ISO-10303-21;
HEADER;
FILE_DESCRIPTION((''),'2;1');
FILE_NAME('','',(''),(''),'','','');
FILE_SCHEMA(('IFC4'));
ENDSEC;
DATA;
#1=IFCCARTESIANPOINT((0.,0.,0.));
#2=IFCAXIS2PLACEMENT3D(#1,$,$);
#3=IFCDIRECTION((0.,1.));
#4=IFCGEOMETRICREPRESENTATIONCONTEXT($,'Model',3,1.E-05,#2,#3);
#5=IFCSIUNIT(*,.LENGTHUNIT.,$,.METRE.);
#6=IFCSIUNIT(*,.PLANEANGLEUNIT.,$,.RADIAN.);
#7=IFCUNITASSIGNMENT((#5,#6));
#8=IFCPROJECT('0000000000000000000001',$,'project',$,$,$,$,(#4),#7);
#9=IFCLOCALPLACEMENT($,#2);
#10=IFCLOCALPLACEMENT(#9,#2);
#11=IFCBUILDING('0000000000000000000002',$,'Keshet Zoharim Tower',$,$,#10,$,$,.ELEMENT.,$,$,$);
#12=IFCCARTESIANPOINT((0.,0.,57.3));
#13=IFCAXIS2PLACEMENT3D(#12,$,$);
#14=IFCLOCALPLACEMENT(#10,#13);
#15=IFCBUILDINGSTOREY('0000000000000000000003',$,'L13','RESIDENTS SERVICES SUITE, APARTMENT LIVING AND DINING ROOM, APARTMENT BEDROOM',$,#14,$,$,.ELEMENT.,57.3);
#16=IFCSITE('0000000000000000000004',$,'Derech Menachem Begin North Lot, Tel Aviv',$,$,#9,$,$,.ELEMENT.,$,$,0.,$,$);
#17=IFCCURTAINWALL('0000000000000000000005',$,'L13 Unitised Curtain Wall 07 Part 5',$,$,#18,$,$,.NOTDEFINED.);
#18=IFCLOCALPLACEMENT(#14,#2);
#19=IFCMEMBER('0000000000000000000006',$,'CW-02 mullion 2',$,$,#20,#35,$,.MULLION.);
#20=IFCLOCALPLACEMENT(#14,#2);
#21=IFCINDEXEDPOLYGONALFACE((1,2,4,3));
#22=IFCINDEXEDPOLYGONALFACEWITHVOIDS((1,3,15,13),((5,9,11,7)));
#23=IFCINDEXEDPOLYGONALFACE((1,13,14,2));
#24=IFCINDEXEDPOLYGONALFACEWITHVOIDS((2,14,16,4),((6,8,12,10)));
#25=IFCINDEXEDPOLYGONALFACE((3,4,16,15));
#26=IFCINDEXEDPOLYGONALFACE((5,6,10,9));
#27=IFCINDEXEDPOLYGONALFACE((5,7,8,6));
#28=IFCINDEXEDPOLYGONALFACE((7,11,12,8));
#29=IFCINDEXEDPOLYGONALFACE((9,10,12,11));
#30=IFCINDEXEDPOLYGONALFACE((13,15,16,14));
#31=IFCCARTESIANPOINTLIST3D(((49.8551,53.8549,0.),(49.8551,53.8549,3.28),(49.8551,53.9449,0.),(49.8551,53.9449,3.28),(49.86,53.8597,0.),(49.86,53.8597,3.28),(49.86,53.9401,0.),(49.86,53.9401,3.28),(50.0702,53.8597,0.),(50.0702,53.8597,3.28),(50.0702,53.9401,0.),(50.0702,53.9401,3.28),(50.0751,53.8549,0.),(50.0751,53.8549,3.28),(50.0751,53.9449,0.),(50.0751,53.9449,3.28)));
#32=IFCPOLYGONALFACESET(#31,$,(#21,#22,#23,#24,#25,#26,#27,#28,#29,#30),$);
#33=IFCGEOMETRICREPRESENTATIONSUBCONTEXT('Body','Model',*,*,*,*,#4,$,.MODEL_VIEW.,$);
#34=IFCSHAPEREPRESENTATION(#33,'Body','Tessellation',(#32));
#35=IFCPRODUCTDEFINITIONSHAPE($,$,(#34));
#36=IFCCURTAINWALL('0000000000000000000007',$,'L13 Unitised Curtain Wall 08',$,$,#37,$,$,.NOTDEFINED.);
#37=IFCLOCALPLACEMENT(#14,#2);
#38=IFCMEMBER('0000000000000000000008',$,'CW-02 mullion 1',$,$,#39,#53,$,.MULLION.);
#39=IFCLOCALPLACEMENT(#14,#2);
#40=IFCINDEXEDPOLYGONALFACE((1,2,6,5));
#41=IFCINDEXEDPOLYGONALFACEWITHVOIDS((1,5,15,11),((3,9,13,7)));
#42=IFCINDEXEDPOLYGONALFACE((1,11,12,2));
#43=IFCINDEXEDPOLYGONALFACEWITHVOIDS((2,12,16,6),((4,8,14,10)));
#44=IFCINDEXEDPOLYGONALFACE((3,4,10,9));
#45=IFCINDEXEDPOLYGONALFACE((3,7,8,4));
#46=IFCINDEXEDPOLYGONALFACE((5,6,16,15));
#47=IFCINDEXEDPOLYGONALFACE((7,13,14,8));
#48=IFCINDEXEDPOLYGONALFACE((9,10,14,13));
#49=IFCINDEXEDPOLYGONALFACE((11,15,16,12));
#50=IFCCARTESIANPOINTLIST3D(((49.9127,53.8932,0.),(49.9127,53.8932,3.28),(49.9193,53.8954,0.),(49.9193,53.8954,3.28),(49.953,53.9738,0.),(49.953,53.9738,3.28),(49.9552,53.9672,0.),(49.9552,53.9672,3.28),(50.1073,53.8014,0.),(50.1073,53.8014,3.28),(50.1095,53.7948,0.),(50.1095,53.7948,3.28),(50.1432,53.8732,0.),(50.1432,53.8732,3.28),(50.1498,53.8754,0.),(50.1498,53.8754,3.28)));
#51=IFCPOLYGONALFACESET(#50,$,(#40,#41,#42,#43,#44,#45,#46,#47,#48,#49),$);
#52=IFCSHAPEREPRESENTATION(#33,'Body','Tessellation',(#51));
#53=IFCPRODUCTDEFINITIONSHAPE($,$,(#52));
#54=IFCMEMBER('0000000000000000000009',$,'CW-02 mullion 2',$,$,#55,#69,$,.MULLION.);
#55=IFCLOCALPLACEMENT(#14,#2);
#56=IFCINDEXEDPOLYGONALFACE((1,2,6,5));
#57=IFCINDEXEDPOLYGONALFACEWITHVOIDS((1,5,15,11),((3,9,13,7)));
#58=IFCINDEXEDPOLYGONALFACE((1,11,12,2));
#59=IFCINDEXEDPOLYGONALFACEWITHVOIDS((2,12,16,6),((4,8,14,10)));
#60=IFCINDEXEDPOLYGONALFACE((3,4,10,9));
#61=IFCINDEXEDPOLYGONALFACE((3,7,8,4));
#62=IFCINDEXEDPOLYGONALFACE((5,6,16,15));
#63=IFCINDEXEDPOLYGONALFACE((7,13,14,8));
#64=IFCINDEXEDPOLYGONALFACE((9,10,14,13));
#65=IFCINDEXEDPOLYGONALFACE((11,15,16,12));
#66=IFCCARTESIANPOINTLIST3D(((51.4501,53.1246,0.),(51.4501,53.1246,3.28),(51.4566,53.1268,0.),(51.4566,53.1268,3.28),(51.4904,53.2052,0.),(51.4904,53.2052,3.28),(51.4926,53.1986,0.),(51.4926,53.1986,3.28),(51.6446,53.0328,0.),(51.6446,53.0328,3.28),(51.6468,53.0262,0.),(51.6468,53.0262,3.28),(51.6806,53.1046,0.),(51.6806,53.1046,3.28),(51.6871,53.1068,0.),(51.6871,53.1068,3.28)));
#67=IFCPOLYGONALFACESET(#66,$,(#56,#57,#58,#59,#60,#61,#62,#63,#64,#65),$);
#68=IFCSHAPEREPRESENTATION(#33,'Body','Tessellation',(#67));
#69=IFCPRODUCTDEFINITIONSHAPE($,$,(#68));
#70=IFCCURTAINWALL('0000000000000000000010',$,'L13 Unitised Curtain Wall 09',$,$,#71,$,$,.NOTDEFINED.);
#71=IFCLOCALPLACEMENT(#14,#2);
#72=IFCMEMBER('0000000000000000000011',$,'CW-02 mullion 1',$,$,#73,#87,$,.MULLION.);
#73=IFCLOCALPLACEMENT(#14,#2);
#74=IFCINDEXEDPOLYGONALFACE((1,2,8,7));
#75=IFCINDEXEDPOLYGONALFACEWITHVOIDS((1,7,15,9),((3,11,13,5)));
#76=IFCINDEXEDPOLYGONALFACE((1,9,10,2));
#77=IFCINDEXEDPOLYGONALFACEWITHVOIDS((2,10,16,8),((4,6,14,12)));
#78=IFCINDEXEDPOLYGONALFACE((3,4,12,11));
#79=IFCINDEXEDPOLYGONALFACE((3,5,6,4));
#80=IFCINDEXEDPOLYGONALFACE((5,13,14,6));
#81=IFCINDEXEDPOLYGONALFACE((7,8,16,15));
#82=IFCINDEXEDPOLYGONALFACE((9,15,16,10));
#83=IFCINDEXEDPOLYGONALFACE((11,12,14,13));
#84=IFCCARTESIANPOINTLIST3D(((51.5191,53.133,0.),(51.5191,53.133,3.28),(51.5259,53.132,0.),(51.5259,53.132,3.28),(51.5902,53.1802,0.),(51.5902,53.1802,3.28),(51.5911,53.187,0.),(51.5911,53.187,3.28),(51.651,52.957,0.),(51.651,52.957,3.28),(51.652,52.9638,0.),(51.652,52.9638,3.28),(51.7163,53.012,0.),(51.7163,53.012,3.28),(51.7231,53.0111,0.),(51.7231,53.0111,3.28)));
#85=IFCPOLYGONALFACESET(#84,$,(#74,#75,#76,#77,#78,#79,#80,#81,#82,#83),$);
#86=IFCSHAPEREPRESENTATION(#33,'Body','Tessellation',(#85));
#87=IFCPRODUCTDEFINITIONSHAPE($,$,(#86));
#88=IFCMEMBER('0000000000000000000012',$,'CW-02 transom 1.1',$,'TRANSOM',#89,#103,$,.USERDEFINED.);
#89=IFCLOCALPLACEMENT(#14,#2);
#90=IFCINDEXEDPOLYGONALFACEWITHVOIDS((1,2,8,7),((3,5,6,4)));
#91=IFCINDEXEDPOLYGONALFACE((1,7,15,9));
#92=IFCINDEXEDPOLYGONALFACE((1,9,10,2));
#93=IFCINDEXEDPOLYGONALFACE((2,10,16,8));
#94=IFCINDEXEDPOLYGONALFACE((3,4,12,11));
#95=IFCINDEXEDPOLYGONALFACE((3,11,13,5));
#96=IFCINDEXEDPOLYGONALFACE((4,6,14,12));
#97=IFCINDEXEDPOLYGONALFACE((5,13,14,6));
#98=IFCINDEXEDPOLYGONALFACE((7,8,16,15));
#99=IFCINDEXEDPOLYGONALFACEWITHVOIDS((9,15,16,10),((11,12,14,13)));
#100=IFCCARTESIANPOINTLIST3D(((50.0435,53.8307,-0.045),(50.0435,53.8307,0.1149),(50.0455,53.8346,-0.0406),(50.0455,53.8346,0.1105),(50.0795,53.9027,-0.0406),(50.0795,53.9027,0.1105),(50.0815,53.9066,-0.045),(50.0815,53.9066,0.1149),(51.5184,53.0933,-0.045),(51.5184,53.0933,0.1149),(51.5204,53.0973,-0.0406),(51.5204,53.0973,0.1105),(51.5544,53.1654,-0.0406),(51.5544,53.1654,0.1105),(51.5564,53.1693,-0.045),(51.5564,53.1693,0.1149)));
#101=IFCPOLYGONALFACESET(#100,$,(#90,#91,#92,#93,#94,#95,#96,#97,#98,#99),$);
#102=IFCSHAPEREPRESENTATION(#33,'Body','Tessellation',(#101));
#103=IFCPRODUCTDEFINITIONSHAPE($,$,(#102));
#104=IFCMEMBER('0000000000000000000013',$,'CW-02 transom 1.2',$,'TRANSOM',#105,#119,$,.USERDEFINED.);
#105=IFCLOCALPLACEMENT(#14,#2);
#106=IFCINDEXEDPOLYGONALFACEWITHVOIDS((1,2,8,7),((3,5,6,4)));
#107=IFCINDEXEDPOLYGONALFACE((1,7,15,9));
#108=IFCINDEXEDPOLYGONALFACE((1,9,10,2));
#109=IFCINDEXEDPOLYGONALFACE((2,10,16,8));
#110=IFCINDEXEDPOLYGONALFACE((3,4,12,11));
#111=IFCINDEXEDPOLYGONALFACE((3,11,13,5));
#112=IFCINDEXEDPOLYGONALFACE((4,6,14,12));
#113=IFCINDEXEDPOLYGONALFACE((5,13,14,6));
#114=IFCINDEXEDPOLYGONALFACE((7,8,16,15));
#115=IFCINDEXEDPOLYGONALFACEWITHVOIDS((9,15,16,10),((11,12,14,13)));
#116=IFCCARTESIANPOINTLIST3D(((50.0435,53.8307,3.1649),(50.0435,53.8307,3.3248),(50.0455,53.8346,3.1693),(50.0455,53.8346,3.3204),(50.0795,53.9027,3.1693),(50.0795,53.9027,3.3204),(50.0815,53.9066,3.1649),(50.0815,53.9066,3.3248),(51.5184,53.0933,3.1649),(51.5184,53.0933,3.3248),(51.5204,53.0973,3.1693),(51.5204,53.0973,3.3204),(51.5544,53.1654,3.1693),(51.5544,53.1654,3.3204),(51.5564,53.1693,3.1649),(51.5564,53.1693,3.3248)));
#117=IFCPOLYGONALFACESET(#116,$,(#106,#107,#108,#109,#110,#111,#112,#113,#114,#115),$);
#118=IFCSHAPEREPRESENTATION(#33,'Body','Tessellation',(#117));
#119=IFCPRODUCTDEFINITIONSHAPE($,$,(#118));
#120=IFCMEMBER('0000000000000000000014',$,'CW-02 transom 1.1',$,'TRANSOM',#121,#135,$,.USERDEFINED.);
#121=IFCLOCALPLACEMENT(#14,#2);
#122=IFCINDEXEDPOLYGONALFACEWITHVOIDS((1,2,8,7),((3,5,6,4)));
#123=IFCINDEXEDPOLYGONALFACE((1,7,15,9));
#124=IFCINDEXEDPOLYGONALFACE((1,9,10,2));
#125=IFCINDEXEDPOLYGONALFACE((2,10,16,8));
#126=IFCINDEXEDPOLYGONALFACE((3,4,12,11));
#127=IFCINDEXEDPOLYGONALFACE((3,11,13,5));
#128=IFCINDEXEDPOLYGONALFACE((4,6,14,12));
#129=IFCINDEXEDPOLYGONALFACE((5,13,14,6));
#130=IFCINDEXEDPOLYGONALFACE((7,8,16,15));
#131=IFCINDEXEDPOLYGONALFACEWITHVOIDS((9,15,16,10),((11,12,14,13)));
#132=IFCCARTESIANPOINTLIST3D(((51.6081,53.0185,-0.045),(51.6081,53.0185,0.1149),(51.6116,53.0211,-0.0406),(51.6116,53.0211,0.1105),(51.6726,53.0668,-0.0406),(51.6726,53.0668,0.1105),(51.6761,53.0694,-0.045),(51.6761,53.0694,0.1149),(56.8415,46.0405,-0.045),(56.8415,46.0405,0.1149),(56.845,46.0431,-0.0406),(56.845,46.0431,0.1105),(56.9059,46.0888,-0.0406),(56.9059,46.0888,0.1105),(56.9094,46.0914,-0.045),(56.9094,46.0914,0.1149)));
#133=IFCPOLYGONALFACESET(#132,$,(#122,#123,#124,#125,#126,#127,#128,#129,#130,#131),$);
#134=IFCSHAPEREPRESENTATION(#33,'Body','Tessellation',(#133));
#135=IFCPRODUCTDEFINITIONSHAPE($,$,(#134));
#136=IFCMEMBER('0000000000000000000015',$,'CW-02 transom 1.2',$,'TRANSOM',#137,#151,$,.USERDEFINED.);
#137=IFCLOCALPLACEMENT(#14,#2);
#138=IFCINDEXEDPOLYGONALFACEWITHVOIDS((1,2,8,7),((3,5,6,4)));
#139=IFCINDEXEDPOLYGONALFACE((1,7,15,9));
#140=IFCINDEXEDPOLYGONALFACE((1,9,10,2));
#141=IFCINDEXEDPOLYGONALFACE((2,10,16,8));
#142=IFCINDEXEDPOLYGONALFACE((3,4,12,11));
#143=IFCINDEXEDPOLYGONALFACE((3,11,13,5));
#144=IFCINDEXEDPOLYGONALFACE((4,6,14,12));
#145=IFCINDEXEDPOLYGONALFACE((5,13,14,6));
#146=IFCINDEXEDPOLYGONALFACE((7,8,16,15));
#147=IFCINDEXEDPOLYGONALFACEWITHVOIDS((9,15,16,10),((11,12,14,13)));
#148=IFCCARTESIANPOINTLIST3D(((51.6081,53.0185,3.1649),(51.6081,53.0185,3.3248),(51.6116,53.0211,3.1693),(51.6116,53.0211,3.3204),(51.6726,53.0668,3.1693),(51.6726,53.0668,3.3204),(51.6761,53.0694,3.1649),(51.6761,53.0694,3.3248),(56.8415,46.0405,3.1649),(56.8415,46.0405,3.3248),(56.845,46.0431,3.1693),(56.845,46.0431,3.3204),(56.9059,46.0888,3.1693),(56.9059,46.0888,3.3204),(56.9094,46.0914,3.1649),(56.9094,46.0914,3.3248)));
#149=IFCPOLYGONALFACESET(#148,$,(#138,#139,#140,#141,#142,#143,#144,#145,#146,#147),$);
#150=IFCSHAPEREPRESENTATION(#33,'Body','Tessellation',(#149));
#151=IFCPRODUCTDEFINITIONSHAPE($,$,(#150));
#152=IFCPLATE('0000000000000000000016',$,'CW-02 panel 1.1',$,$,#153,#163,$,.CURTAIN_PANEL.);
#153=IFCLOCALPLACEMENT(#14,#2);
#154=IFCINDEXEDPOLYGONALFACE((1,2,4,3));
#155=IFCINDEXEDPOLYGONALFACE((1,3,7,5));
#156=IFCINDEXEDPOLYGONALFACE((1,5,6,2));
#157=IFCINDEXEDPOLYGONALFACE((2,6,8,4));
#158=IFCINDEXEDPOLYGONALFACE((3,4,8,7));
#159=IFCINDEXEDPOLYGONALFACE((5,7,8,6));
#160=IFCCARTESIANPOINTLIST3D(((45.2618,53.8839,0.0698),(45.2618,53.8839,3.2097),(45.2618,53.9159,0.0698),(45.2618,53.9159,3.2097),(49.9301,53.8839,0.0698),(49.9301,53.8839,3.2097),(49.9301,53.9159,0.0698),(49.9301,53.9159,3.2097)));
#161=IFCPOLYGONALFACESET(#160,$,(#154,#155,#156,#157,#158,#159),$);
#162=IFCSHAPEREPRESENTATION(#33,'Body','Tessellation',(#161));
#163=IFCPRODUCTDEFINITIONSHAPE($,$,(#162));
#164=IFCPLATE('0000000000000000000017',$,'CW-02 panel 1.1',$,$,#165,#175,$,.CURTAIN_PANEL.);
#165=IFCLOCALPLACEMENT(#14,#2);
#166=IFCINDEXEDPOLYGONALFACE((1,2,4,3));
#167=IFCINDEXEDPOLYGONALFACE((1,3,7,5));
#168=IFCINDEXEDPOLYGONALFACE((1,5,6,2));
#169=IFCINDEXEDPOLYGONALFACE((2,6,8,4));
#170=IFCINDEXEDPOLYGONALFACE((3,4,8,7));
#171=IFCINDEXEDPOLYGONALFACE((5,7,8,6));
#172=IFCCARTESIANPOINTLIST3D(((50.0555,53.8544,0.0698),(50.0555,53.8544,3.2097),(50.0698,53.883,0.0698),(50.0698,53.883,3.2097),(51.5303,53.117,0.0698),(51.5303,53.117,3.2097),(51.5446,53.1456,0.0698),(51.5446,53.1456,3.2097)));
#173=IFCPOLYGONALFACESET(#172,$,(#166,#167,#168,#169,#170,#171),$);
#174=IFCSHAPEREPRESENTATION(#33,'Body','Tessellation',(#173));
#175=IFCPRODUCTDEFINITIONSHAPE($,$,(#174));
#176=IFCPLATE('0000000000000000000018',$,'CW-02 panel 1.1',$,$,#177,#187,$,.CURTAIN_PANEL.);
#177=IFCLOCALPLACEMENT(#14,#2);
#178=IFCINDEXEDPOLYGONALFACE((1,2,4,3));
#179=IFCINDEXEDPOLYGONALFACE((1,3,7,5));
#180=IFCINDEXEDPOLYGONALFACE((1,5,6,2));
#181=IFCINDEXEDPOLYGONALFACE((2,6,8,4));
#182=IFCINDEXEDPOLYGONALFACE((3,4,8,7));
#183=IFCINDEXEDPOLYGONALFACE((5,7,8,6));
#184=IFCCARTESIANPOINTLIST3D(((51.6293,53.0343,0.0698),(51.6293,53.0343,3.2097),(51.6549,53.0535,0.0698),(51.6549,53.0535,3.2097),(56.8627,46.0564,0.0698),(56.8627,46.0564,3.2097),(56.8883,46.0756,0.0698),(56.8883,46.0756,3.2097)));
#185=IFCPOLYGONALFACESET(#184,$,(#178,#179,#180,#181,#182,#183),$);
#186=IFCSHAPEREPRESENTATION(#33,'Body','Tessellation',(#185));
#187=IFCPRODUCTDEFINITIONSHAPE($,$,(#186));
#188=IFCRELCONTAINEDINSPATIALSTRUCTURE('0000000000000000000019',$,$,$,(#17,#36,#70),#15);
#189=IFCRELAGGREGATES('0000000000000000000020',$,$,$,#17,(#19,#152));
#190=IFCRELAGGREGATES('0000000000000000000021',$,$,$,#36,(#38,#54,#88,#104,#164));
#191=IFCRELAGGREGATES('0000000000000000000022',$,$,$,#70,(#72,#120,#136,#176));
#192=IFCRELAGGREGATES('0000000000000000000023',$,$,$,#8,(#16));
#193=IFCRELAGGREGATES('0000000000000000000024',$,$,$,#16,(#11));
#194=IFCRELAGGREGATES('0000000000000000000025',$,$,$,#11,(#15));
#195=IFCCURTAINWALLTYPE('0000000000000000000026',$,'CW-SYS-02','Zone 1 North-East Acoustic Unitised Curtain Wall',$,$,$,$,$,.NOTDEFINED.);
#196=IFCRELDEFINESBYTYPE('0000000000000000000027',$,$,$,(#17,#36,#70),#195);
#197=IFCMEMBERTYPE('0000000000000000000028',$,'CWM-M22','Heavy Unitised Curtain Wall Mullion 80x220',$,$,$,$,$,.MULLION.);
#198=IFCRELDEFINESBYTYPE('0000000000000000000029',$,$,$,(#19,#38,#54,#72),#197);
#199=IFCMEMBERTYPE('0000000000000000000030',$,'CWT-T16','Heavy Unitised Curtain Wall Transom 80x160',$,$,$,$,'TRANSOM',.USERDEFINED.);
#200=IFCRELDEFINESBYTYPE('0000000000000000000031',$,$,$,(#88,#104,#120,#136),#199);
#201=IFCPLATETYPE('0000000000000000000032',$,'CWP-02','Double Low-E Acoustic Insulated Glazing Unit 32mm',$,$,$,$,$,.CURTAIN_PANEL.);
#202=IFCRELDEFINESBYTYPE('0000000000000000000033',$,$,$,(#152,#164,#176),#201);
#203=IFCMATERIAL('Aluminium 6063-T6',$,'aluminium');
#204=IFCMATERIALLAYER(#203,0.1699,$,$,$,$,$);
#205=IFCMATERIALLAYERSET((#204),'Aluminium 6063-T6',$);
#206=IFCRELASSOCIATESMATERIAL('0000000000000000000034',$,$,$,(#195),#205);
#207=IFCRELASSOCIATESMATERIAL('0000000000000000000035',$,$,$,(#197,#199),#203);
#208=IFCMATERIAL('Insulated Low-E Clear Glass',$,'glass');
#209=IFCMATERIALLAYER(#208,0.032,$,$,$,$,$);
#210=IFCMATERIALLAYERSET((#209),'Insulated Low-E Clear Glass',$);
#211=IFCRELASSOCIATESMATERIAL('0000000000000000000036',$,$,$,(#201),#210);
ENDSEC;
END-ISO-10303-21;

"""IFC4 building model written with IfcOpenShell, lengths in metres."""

from ifc_helpers import new_model, si_unit, direction, frame, origin, origin_2d, place, context, subcontext, project, spatial, rectangle, hollow_rectangle, extrude, material, layer, layer_set, material_profile, profile_set, type_object, element, aggregate, save


model = new_model("IFC4")

# Units and contexts
model_context = context("Model", 3, precision=1e-05, world=origin(), true_north=direction((0.0, 1.0)))
body_context = subcontext(model_context, "Body", "Model", "MODEL_VIEW")
ifc_project = project(units=[si_unit("LENGTHUNIT", "METRE"), si_unit("PLANEANGLEUNIT", "RADIAN")], contexts=[model_context])

# Site, building, storey
site_placement = place(None, origin())
site = spatial("IfcSite", under=ifc_project, at=site_placement, Name="Derech Menachem Begin North Lot, Tel Aviv", CompositionType="ELEMENT", RefElevation=0.0)
building_placement = place(site_placement, origin())
building = spatial("IfcBuilding", under=site, at=building_placement, Name="Keshet Zoharim Tower", CompositionType="ELEMENT")
storey_placement = place(building_placement, frame((0.0, 0.0, 57.3)))
storey = spatial("IfcBuildingStorey", under=building, at=storey_placement, Name="L13", Description="RESIDENTS SERVICES SUITE, APARTMENT LIVING AND DINING ROOM, APARTMENT BEDROOM", CompositionType="ELEMENT", Elevation=57.3)

# Curtain wall, member
ifc_material_1 = material(Name="Aluminium 6063-T6", Category="aluminium")
ifc_layer_1 = layer(ifc_material_1, 0.1699)
ifc_layer_set_1 = layer_set([ifc_layer_1], Name="Aluminium 6063-T6")
curtain_wall_type = type_object("IfcCurtainWallType", Name="CW-SYS-02", Description="Zone 1 North-East Acoustic Unitised Curtain Wall", PredefinedType="NOTDEFINED", material=ifc_layer_set_1)
curtain_wall_1_placement = place(storey_placement, origin())
curtain_wall_1 = element("IfcCurtainWall", 1, at=curtain_wall_1_placement, inside=storey, type_object=curtain_wall_type, Name="L13 Unitised Curtain Wall 07 Part 5", PredefinedType="NOTDEFINED")
ifc_material_profile_1 = material_profile(ifc_material_1, hollow_rectangle(XDim=0.0901, YDim=0.22, WallThickness=0.0049, at=origin_2d()), Name="MUL-90x220")
ifc_profile_set_1 = profile_set([ifc_material_profile_1], Name="Aluminium 6063-T6")
member_type_1 = type_object("IfcMemberType", Name="CWM-M22", Description="Heavy Unitised Curtain Wall Mullion 80x220", PredefinedType="MULLION", material=ifc_profile_set_1)
member_1_placement = place(storey_placement, frame((49.9651, 53.8999, 0.0), z_axis=(0.0, 0.0, 1.0), x_axis=(0.0, 1.0, 0.0)))
member_1 = element("IfcMember", 2, at=member_1_placement, type_object=member_type_1, Name="CW-02 mullion 2", PredefinedType="MULLION", context=body_context, shape_type="SweptSolid", body=[
    extrude(hollow_rectangle(XDim=0.0901, YDim=0.22, WallThickness=0.0049, at=origin_2d()), origin(), (0.0, 0.0, 1.0), 3.28),
])

# Curtain wall, members
curtain_wall_2_placement = place(storey_placement, origin())
curtain_wall_2 = element("IfcCurtainWall", 3, at=curtain_wall_2_placement, inside=storey, type_object=curtain_wall_type, Name="L13 Unitised Curtain Wall 08", PredefinedType="NOTDEFINED")
member_2_placement = place(storey_placement, frame((50.0312, 53.8843, 0.0), z_axis=(0.0, 0.0, 1.0), x_axis=(0.447214, 0.894427, 0.0)))
member_2 = element("IfcMember", 4, at=member_2_placement, type_object=member_type_1, Name="CW-02 mullion 1", PredefinedType="MULLION", context=body_context, shape_type="SweptSolid", body=[
    extrude(hollow_rectangle(XDim=0.0901, YDim=0.22, WallThickness=0.0049, at=origin_2d()), origin(), (0.0, 0.0, 1.0), 3.28),
])
member_3_placement = place(storey_placement, frame((51.5686, 53.1157, 0.0), z_axis=(0.0, 0.0, 1.0), x_axis=(0.447214, 0.894427, 0.0)))
member_3 = element("IfcMember", 5, at=member_3_placement, type_object=member_type_1, Name="CW-02 mullion 2", PredefinedType="MULLION", context=body_context, shape_type="SweptSolid", body=[
    extrude(hollow_rectangle(XDim=0.0901, YDim=0.22, WallThickness=0.0049, at=origin_2d()), origin(), (0.0, 0.0, 1.0), 3.28),
])

# Curtain wall, member
curtain_wall_3_placement = place(storey_placement, origin())
curtain_wall_3 = element("IfcCurtainWall", 6, at=curtain_wall_3_placement, inside=storey, type_object=curtain_wall_type, Name="L13 Unitised Curtain Wall 09", PredefinedType="NOTDEFINED")
member_4_placement = place(storey_placement, frame((51.6211, 53.072, 0.0), z_axis=(0.0, 0.0, 1.0), x_axis=(0.8, 0.6, 0.0)))
member_4 = element("IfcMember", 7, at=member_4_placement, type_object=member_type_1, Name="CW-02 mullion 1", PredefinedType="MULLION", context=body_context, shape_type="SweptSolid", body=[
    extrude(hollow_rectangle(XDim=0.0901, YDim=0.22, WallThickness=0.0049, at=origin_2d()), origin(), (0.0, 0.0, 1.0), 3.28),
])

# Members
ifc_material_profile_2 = material_profile(ifc_material_1, hollow_rectangle(XDim=0.085, YDim=0.1599, WallThickness=0.0044, at=origin_2d()), Name="TRN-85x160")
ifc_profile_set_2 = profile_set([ifc_material_profile_2], Name="Aluminium 6063-T6")
member_type_2 = type_object("IfcMemberType", Name="CWT-T16", Description="Heavy Unitised Curtain Wall Transom 80x160", ElementType="TRANSOM", PredefinedType="USERDEFINED", material=ifc_profile_set_2)
member_5_placement = place(storey_placement, frame((50.0625, 53.8687, 0.0349), z_axis=(0.894457, -0.447154, 0.0), x_axis=(0.447154, 0.894457, 0.0)))
member_5 = element("IfcMember", 8, at=member_5_placement, type_object=member_type_2, Name="CW-02 transom 1.1", ObjectType="TRANSOM", PredefinedType="USERDEFINED", context=body_context, shape_type="SweptSolid", body=[
    extrude(hollow_rectangle(XDim=0.085, YDim=0.1599, WallThickness=0.0044, at=origin_2d()), origin(), (0.0, 0.0, 1.0), 1.6489),
])
member_6_placement = place(storey_placement, frame((50.0625, 53.8687, 3.2449), z_axis=(0.894457, -0.447154, 0.0), x_axis=(0.447154, 0.894457, 0.0)))
member_6 = element("IfcMember", 9, at=member_6_placement, type_object=member_type_2, Name="CW-02 transom 1.2", ObjectType="TRANSOM", PredefinedType="USERDEFINED", context=body_context, shape_type="SweptSolid", body=[
    extrude(hollow_rectangle(XDim=0.085, YDim=0.1599, WallThickness=0.0044, at=origin_2d()), origin(), (0.0, 0.0, 1.0), 1.6489),
])
member_7_placement = place(storey_placement, frame((51.6421, 53.0439, 0.0349), z_axis=(0.599991, -0.800007, 0.0), x_axis=(0.800007, 0.599991, 0.0)))
member_7 = element("IfcMember", 10, at=member_7_placement, type_object=member_type_2, Name="CW-02 transom 1.1", ObjectType="TRANSOM", PredefinedType="USERDEFINED", context=body_context, shape_type="SweptSolid", body=[
    extrude(hollow_rectangle(XDim=0.085, YDim=0.1599, WallThickness=0.0044, at=origin_2d()), origin(), (0.0, 0.0, 1.0), 8.7224),
])
member_8_placement = place(storey_placement, frame((51.6421, 53.0439, 3.2449), z_axis=(0.599991, -0.800007, 0.0), x_axis=(0.800007, 0.599991, 0.0)))
member_8 = element("IfcMember", 11, at=member_8_placement, type_object=member_type_2, Name="CW-02 transom 1.2", ObjectType="TRANSOM", PredefinedType="USERDEFINED", context=body_context, shape_type="SweptSolid", body=[
    extrude(hollow_rectangle(XDim=0.085, YDim=0.1599, WallThickness=0.0044, at=origin_2d()), origin(), (0.0, 0.0, 1.0), 8.7224),
])

# Plates
ifc_material_2 = material(Name="Insulated Low-E Clear Glass", Category="glass")
ifc_layer_2 = layer(ifc_material_2, 0.032)
ifc_layer_set_2 = layer_set([ifc_layer_2], Name="Insulated Low-E Clear Glass")
plate_type = type_object("IfcPlateType", Name="CWP-02", Description="Double Low-E Acoustic Insulated Glazing Unit 32mm", PredefinedType="CURTAIN_PANEL", material=ifc_layer_set_2)
plate_1_placement = place(storey_placement, frame((47.5959, 53.8999, 0.0698), z_axis=(0.0, 0.0, 1.0), x_axis=(1.0, 0.0, 0.0)))
plate_1 = element("IfcPlate", 12, at=plate_1_placement, type_object=plate_type, Name="CW-02 panel 1.1", PredefinedType="CURTAIN_PANEL", context=body_context, shape_type="SweptSolid", body=[
    extrude(rectangle(XDim=4.6682, YDim=0.032, at=origin_2d()), origin(), (0.0, 0.0, 1.0), 3.1399),
])
aggregate(curtain_wall_1, [member_1, plate_1])
plate_2_placement = place(storey_placement, frame((50.8, 53.5, 0.0698), z_axis=(0.0, 0.0, 1.0), x_axis=(0.894427, -0.447214, 0.0)))
plate_2 = element("IfcPlate", 13, at=plate_2_placement, type_object=plate_type, Name="CW-02 panel 1.1", PredefinedType="CURTAIN_PANEL", context=body_context, shape_type="SweptSolid", body=[
    extrude(rectangle(XDim=1.6489, YDim=0.032, at=origin_2d()), origin(), (0.0, 0.0, 1.0), 3.1399),
])
aggregate(curtain_wall_2, [member_2, member_3, member_5, member_6, plate_2])
plate_3_placement = place(storey_placement, frame((54.2588, 49.5549, 0.0698), z_axis=(0.0, 0.0, 1.0), x_axis=(0.6, -0.8, 0.0)))
plate_3 = element("IfcPlate", 14, at=plate_3_placement, type_object=plate_type, Name="CW-02 panel 1.1", PredefinedType="CURTAIN_PANEL", context=body_context, shape_type="SweptSolid", body=[
    extrude(rectangle(XDim=8.7224, YDim=0.032, at=origin_2d()), origin(), (0.0, 0.0, 1.0), 3.1399),
])
aggregate(curtain_wall_3, [member_4, member_7, member_8, plate_3])

save(model, "model.ifc")
